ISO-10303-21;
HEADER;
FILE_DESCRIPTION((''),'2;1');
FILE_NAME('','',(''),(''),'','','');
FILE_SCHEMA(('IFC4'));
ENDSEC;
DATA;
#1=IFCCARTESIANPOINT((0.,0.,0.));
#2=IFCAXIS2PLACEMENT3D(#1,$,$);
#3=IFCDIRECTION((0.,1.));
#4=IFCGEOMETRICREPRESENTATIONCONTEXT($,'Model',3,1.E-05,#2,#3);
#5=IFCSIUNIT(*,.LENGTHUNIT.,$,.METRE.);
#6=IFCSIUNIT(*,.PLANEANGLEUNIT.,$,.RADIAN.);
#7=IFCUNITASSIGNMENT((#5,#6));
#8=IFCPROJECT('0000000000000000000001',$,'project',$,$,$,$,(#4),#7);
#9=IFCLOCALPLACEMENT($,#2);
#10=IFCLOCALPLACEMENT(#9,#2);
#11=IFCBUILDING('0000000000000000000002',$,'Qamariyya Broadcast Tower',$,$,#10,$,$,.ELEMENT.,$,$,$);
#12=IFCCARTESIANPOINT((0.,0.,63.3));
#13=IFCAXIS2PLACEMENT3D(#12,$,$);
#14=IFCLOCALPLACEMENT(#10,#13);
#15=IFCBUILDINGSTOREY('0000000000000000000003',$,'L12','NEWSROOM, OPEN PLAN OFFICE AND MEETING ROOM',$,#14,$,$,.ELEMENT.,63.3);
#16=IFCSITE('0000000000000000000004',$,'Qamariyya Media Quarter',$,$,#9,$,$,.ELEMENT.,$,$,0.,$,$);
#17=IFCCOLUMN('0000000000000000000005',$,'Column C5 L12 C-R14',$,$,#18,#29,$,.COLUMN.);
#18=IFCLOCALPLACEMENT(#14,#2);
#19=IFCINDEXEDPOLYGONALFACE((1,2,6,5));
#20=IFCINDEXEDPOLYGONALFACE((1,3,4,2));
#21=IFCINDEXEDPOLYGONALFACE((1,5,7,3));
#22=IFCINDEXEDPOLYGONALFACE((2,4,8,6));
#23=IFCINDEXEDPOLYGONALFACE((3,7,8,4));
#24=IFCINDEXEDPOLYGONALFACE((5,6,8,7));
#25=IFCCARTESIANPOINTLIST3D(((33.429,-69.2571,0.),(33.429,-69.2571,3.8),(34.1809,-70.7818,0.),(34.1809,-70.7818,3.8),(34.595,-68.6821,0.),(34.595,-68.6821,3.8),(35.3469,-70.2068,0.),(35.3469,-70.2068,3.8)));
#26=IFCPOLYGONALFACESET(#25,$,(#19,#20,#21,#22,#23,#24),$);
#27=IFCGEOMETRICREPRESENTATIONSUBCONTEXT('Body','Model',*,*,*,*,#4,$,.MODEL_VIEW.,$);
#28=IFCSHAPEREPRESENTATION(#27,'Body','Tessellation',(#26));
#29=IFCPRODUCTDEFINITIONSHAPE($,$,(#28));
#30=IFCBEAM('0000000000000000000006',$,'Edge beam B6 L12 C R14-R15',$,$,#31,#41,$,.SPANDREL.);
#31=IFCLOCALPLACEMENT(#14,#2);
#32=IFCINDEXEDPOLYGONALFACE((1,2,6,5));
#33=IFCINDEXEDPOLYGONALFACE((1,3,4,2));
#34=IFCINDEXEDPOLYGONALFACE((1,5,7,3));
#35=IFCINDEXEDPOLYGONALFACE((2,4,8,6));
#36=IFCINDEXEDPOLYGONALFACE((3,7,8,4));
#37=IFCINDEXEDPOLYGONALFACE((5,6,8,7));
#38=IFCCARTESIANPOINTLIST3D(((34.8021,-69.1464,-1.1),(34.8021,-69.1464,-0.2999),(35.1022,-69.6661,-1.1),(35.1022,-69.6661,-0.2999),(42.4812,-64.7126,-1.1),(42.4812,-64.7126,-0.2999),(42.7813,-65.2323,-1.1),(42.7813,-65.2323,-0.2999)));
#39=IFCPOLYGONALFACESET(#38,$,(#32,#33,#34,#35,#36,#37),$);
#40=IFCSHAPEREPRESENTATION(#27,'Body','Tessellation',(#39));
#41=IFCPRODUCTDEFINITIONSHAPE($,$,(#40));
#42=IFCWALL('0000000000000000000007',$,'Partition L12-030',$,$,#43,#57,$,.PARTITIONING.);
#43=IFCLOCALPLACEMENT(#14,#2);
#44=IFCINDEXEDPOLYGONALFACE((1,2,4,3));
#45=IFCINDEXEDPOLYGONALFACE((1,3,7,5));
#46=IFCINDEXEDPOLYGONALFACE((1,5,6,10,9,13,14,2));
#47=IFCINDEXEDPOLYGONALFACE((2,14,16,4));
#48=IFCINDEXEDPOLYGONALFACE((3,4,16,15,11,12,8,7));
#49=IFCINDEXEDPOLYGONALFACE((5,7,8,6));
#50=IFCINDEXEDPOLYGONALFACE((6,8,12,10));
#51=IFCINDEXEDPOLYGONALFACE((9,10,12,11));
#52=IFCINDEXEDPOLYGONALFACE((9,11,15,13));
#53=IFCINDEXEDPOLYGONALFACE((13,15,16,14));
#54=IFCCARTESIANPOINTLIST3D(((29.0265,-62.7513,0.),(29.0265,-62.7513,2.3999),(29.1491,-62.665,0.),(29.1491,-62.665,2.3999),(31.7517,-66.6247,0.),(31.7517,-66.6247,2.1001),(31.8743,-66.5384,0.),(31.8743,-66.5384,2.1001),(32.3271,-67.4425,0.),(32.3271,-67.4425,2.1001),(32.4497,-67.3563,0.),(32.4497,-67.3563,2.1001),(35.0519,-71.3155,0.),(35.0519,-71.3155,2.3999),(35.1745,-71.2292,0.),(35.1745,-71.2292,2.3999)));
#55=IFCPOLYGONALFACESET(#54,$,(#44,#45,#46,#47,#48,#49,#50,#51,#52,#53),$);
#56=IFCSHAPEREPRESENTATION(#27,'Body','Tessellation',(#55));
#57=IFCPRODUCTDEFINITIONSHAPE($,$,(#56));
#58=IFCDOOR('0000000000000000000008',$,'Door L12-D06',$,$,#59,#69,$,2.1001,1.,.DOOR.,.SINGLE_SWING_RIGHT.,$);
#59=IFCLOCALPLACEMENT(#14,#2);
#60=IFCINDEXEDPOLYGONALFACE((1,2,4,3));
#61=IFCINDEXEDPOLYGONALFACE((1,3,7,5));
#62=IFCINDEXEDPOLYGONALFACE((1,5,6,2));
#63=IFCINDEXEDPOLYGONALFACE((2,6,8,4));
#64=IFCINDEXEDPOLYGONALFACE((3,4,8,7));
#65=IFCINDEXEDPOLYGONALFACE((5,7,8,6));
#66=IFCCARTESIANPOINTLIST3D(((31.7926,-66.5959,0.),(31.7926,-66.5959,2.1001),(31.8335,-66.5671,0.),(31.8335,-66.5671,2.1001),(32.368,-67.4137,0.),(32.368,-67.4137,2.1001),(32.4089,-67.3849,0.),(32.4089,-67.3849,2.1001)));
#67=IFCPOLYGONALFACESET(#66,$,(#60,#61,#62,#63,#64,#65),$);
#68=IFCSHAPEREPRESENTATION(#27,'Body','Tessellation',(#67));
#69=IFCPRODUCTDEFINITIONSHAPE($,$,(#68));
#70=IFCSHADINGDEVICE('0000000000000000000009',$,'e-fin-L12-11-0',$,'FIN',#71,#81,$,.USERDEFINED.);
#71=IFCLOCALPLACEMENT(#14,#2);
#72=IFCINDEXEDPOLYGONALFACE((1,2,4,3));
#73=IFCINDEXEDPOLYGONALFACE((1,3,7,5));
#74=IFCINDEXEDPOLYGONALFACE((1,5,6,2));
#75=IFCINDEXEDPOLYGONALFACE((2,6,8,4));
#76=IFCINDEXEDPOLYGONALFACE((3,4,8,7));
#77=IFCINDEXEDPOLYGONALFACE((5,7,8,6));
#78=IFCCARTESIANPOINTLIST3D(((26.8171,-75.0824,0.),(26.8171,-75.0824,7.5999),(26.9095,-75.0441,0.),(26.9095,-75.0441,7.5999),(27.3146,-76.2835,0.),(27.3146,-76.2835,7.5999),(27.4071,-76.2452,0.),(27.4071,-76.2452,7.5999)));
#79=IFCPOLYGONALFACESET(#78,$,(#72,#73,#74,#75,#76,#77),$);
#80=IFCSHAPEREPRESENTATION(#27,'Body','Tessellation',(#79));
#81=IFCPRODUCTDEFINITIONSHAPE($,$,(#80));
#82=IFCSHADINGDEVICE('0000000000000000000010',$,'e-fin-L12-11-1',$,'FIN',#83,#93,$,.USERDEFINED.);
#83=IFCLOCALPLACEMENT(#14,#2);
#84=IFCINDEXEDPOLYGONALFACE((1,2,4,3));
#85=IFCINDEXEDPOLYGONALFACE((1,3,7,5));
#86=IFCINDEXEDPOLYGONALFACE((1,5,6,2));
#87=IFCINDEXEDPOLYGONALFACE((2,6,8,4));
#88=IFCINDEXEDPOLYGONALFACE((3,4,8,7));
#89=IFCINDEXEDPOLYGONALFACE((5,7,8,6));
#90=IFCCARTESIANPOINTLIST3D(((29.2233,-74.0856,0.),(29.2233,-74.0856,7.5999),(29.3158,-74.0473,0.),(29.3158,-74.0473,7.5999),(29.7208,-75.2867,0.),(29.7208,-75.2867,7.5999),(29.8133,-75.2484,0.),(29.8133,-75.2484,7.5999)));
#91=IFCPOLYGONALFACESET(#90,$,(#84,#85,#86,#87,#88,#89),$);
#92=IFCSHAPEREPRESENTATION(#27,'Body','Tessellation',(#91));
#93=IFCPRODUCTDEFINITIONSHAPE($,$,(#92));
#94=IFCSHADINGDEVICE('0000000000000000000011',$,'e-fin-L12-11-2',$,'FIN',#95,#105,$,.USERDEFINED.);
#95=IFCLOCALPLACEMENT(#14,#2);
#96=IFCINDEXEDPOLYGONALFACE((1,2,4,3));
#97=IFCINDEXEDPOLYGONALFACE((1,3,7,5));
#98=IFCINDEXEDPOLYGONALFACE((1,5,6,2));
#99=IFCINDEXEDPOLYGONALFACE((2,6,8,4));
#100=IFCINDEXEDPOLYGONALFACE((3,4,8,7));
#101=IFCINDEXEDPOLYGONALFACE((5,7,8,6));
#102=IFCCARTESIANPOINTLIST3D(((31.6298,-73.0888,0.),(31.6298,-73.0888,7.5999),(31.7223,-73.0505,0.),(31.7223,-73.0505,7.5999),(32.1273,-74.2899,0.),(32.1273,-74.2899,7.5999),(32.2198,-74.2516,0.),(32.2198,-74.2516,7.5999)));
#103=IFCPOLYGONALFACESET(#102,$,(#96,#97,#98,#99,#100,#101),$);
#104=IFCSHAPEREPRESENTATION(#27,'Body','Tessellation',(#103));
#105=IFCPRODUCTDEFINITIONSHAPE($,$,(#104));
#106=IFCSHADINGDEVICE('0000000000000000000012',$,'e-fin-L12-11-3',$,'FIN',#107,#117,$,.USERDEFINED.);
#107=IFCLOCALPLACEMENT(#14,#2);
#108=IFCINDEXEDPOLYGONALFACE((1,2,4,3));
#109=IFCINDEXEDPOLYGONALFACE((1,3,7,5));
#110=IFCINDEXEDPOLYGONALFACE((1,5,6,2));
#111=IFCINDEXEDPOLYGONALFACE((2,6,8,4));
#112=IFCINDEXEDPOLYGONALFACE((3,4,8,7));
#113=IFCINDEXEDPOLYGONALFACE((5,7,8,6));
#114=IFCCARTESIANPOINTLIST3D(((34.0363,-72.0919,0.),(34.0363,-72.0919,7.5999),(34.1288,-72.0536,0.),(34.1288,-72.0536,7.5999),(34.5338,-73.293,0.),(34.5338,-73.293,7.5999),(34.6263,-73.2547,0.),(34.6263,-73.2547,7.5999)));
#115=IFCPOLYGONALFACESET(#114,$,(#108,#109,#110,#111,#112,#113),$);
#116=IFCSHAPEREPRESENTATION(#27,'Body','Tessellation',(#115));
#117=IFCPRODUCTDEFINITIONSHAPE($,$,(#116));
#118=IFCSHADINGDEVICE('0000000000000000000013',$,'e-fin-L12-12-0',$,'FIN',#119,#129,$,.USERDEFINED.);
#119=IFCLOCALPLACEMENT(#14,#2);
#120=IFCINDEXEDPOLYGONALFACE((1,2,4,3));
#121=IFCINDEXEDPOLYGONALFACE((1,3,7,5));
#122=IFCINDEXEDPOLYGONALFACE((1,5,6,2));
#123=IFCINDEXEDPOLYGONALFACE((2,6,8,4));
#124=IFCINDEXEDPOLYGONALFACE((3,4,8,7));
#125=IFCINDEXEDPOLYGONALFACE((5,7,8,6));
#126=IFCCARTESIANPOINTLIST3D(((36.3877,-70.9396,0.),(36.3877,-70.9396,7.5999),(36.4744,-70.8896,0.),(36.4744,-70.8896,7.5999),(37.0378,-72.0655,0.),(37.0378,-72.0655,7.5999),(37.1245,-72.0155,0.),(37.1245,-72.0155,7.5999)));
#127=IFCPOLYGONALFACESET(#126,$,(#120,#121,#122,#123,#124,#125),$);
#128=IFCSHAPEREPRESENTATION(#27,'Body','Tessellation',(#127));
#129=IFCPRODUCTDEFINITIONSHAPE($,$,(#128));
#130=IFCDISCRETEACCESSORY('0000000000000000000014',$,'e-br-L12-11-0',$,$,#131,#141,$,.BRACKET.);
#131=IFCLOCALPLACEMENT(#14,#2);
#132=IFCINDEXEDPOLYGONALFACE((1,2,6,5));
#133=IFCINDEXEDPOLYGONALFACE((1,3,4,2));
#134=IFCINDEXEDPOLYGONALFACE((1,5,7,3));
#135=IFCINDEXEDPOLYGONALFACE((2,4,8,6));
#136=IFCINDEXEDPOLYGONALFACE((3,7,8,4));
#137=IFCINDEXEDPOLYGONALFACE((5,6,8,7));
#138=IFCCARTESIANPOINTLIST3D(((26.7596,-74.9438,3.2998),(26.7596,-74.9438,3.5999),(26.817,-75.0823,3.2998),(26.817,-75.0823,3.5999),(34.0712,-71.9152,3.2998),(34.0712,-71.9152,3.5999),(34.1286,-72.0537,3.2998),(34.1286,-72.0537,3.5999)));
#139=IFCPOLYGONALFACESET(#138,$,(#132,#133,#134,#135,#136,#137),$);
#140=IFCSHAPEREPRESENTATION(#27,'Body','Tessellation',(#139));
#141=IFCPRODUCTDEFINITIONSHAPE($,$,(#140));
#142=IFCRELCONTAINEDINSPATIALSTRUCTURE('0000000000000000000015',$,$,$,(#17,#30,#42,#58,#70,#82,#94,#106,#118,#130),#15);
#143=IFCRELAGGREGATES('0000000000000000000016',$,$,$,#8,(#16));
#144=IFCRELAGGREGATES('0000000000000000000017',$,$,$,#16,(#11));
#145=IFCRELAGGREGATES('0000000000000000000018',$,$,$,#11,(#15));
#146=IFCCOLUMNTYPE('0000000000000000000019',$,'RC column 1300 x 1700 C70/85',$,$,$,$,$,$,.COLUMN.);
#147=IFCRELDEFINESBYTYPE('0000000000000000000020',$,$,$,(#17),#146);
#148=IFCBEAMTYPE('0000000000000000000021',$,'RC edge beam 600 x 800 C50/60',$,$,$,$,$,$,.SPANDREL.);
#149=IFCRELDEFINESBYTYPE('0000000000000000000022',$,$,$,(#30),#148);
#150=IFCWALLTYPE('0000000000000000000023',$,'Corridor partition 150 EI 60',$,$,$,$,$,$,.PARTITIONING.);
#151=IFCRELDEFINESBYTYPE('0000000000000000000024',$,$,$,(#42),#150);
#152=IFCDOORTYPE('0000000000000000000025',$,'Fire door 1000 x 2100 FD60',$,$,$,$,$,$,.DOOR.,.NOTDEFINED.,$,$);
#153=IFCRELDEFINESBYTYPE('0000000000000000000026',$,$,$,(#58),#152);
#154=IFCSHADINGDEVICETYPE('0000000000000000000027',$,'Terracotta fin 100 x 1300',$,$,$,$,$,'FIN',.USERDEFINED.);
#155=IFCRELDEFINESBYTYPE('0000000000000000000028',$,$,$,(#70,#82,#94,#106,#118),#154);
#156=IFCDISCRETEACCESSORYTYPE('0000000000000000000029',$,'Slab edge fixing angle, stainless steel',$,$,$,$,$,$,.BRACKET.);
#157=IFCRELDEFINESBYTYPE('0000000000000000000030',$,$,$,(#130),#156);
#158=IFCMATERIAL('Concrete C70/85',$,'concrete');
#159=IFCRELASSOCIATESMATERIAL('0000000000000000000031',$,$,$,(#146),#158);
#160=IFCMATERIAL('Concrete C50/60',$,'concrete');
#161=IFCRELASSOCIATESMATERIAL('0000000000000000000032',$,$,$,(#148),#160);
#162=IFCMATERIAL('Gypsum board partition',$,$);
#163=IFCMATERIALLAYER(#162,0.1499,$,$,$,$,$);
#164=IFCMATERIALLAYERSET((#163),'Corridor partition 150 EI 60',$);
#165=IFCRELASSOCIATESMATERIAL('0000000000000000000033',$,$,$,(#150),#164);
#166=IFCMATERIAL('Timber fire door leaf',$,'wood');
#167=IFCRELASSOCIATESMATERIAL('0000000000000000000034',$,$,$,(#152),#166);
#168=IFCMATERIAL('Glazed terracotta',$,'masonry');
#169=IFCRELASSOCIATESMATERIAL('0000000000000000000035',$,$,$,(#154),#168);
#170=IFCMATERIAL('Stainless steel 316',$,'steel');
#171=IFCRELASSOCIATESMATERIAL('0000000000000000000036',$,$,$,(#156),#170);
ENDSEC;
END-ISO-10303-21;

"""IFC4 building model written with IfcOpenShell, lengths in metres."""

from ifc_helpers import new_model, si_unit, direction, frame, frame_2d, origin, origin_2d, place, context, subcontext, project, spatial, rectangle, extrude, material, layer, layer_set, material_profile, profile_set, type_object, element, fill, save


model = new_model("IFC4")

# Units and contexts
model_context = context("Model", 3, precision=1e-05, world=origin(), true_north=direction((0.0, 1.0)))
body_context = subcontext(model_context, "Body", "Model", "MODEL_VIEW")
ifc_project = project(units=[si_unit("LENGTHUNIT", "METRE"), si_unit("PLANEANGLEUNIT", "RADIAN")], contexts=[model_context])

# Site, building, storey
site_placement = place(None, origin())
site = spatial("IfcSite", under=ifc_project, at=site_placement, Name="Qamariyya Media Quarter", CompositionType="ELEMENT", RefElevation=0.0)
building_placement = place(site_placement, origin())
building = spatial("IfcBuilding", under=site, at=building_placement, Name="Qamariyya Broadcast Tower", CompositionType="ELEMENT")
storey_placement = place(building_placement, frame((0.0, 0.0, 63.3)))
storey = spatial("IfcBuildingStorey", under=building, at=storey_placement, Name="L12", Description="NEWSROOM, OPEN PLAN OFFICE AND MEETING ROOM", CompositionType="ELEMENT", Elevation=63.3)

# Column
ifc_material_1 = material(Name="Concrete C70/85", Category="concrete")
ifc_material_profile_1 = material_profile(ifc_material_1, rectangle(XDim=1.3, YDim=1.7, at=origin_2d()))
ifc_profile_set_1 = profile_set([ifc_material_profile_1], Name="Concrete C70/85")
column_type = type_object("IfcColumnType", Name="RC column 1300 x 1700 C70/85", PredefinedType="COLUMN", material=ifc_profile_set_1)
column_placement = place(storey_placement, frame((34.3879, -69.7319, 0.0), z_axis=(0.0, 0.0, 1.0), x_axis=(0.896873, 0.442289, 0.0)))
element("IfcColumn", 1, at=column_placement, inside=storey, type_object=column_type, Name="Column C5 L12 C-R14", PredefinedType="COLUMN", context=body_context, shape_type="SweptSolid", body=[
    extrude(rectangle(XDim=1.3, YDim=1.7, at=origin_2d()), origin(), (0.0, 0.0, 1.0), 3.8),
])

# Beam
ifc_material_2 = material(Name="Concrete C50/60", Category="concrete")
ifc_material_profile_2 = material_profile(ifc_material_2, rectangle(XDim=0.6001, YDim=0.8, at=origin_2d()))
ifc_profile_set_2 = profile_set([ifc_material_profile_2], Name="Concrete C50/60")
beam_type = type_object("IfcBeamType", Name="RC edge beam 600 x 800 C50/60", PredefinedType="SPANDREL", material=ifc_profile_set_2)
beam_placement = place(storey_placement, frame((34.9521, -69.4062, -0.7), z_axis=(0.866013, 0.500021, 0.0), x_axis=(-0.500021, 0.866013, 0.0)))
element("IfcBeam", 2, at=beam_placement, inside=storey, type_object=beam_type, Name="Edge beam B6 L12 C R14-R15", PredefinedType="SPANDREL", context=body_context, shape_type="SweptSolid", body=[
    extrude(rectangle(XDim=0.6001, YDim=0.8, at=origin_2d()), origin(), (0.0, 0.0, 1.0), 8.8672),
])

# Wall, opening, door
ifc_material_3 = material(Name="Gypsum board partition")
ifc_layer = layer(ifc_material_3, 0.1499)
ifc_layer_set = layer_set([ifc_layer], Name="Corridor partition 150 EI 60")
wall_type = type_object("IfcWallType", Name="Corridor partition 150 EI 60", PredefinedType="PARTITIONING", material=ifc_layer_set)
wall_placement = place(storey_placement, frame((35.1133, -71.2725, 0.0), z_axis=(0.0, 0.0, 1.0), x_axis=(-0.575412, 0.817864, 0.0)))
wall = element("IfcWall", 3, at=wall_placement, inside=storey, type_object=wall_type, Name="Partition L12-030", PredefinedType="PARTITIONING", context=body_context, shape_type="SweptSolid", body=[
    extrude(rectangle(XDim=10.4714, YDim=0.1499, at=frame_2d((5.2358, 0.0))), origin(), (0.0, 0.0, 1.0), 2.3999),
])
opening_placement = place(wall_placement, frame((4.7356, 0.0, 0.0)))
opening = element("IfcOpeningElement", 4, at=opening_placement, cuts=wall, PredefinedType="OPENING", context=body_context, shape_type="SweptSolid", body=[
    extrude(rectangle(XDim=1.0, YDim=2.1001, at=frame_2d((0.5, 1.05))), frame((0.0, 0.085, 0.0), z_axis=(0.0, -1.0, 0.0), x_axis=(1.0, 0.0, 0.0)), (0.0, 0.0, 1.0), 0.1699),
])
ifc_material_4 = material(Name="Timber fire door leaf", Category="wood")
door_type = type_object("IfcDoorType", Name="Fire door 1000 x 2100 FD60", OperationType="NOTDEFINED", PredefinedType="DOOR", material=ifc_material_4)
door_placement = place(opening_placement, origin())
door = element("IfcDoor", 5, at=door_placement, inside=storey, type_object=door_type, Name="Door L12-D06", OperationType="SINGLE_SWING_RIGHT", OverallHeight=2.1001, OverallWidth=1.0, PredefinedType="DOOR", context=body_context, shape_type="SweptSolid", body=[
    extrude(rectangle(XDim=1.0, YDim=2.1001, at=frame_2d((0.5, 1.05))), frame((0.0, 0.0249, 0.0), z_axis=(0.0, -1.0, 0.0), x_axis=(1.0, 0.0, 0.0)), (0.0, 0.0, 1.0), 0.05),
])
fill(opening, door)

# Shading devices
ifc_material_5 = material(Name="Glazed terracotta", Category="masonry")
ifc_material_profile_3 = material_profile(ifc_material_5, rectangle(XDim=1.3, YDim=0.1001, at=origin_2d()))
ifc_profile_set_3 = profile_set([ifc_material_profile_3], Name="Glazed terracotta")
shading_device_type_1 = type_object("IfcShadingDeviceType", Name="Terracotta fin 100 x 1300", ElementType="FIN", PredefinedType="USERDEFINED", material=ifc_profile_set_3)
for number, where, z_axis, x_axis, name in (
    (6, (27.1121, -75.6638, 0.0), (0.0, 0.0, 1.0), (0.382683, -0.92388, 0.0), "e-fin-L12-11-0"),
    (7, (29.5183, -74.667, 0.0), (0.0, 0.0, 1.0), (0.382683, -0.92388, 0.0), "e-fin-L12-11-1"),
    (8, (31.9248, -73.6702, 0.0), (0.0, 0.0, 1.0), (0.382683, -0.92388, 0.0), "e-fin-L12-11-2"),
    (9, (34.3313, -72.6733, 0.0), (0.0, 0.0, 1.0), (0.382683, -0.92388, 0.0), "e-fin-L12-11-3"),
    (10, (36.7561, -71.4775, 0.0), (0.0, 0.0, 1.0), (0.5, -0.866025, 0.0), "e-fin-L12-12-0"),
):
    element("IfcShadingDevice", number, at=place(storey_placement, frame(where, z_axis=z_axis, x_axis=x_axis)), inside=storey, type_object=shading_device_type_1, Name=name, ObjectType="FIN", PredefinedType="USERDEFINED", context=body_context, shape_type="SweptSolid", body=[
        extrude(rectangle(XDim=1.3, YDim=0.1001, at=origin_2d()), origin(), (0.0, 0.0, 1.0), 7.5999),
    ])

# Discrete accessory
ifc_material_6 = material(Name="Stainless steel 316", Category="steel")
discrete_accessory_type = type_object("IfcDiscreteAccessoryType", Name="Slab edge fixing angle, stainless steel", PredefinedType="BRACKET", material=ifc_material_6)
discrete_accessory_placement = place(storey_placement, frame((30.4441, -73.4988, 3.2998), z_axis=(0.0, 0.0, 1.0), x_axis=(0.92388, 0.382683, 0.0)))
element("IfcDiscreteAccessory", 11, at=discrete_accessory_placement, inside=storey, type_object=discrete_accessory_type, Name="e-br-L12-11-0", PredefinedType="BRACKET", context=body_context, shape_type="SweptSolid", body=[
    extrude(rectangle(XDim=7.9141, YDim=0.1499, at=origin_2d()), origin(), (0.0, 0.0, 1.0), 0.3),
])

save(model, "model.ifc")
